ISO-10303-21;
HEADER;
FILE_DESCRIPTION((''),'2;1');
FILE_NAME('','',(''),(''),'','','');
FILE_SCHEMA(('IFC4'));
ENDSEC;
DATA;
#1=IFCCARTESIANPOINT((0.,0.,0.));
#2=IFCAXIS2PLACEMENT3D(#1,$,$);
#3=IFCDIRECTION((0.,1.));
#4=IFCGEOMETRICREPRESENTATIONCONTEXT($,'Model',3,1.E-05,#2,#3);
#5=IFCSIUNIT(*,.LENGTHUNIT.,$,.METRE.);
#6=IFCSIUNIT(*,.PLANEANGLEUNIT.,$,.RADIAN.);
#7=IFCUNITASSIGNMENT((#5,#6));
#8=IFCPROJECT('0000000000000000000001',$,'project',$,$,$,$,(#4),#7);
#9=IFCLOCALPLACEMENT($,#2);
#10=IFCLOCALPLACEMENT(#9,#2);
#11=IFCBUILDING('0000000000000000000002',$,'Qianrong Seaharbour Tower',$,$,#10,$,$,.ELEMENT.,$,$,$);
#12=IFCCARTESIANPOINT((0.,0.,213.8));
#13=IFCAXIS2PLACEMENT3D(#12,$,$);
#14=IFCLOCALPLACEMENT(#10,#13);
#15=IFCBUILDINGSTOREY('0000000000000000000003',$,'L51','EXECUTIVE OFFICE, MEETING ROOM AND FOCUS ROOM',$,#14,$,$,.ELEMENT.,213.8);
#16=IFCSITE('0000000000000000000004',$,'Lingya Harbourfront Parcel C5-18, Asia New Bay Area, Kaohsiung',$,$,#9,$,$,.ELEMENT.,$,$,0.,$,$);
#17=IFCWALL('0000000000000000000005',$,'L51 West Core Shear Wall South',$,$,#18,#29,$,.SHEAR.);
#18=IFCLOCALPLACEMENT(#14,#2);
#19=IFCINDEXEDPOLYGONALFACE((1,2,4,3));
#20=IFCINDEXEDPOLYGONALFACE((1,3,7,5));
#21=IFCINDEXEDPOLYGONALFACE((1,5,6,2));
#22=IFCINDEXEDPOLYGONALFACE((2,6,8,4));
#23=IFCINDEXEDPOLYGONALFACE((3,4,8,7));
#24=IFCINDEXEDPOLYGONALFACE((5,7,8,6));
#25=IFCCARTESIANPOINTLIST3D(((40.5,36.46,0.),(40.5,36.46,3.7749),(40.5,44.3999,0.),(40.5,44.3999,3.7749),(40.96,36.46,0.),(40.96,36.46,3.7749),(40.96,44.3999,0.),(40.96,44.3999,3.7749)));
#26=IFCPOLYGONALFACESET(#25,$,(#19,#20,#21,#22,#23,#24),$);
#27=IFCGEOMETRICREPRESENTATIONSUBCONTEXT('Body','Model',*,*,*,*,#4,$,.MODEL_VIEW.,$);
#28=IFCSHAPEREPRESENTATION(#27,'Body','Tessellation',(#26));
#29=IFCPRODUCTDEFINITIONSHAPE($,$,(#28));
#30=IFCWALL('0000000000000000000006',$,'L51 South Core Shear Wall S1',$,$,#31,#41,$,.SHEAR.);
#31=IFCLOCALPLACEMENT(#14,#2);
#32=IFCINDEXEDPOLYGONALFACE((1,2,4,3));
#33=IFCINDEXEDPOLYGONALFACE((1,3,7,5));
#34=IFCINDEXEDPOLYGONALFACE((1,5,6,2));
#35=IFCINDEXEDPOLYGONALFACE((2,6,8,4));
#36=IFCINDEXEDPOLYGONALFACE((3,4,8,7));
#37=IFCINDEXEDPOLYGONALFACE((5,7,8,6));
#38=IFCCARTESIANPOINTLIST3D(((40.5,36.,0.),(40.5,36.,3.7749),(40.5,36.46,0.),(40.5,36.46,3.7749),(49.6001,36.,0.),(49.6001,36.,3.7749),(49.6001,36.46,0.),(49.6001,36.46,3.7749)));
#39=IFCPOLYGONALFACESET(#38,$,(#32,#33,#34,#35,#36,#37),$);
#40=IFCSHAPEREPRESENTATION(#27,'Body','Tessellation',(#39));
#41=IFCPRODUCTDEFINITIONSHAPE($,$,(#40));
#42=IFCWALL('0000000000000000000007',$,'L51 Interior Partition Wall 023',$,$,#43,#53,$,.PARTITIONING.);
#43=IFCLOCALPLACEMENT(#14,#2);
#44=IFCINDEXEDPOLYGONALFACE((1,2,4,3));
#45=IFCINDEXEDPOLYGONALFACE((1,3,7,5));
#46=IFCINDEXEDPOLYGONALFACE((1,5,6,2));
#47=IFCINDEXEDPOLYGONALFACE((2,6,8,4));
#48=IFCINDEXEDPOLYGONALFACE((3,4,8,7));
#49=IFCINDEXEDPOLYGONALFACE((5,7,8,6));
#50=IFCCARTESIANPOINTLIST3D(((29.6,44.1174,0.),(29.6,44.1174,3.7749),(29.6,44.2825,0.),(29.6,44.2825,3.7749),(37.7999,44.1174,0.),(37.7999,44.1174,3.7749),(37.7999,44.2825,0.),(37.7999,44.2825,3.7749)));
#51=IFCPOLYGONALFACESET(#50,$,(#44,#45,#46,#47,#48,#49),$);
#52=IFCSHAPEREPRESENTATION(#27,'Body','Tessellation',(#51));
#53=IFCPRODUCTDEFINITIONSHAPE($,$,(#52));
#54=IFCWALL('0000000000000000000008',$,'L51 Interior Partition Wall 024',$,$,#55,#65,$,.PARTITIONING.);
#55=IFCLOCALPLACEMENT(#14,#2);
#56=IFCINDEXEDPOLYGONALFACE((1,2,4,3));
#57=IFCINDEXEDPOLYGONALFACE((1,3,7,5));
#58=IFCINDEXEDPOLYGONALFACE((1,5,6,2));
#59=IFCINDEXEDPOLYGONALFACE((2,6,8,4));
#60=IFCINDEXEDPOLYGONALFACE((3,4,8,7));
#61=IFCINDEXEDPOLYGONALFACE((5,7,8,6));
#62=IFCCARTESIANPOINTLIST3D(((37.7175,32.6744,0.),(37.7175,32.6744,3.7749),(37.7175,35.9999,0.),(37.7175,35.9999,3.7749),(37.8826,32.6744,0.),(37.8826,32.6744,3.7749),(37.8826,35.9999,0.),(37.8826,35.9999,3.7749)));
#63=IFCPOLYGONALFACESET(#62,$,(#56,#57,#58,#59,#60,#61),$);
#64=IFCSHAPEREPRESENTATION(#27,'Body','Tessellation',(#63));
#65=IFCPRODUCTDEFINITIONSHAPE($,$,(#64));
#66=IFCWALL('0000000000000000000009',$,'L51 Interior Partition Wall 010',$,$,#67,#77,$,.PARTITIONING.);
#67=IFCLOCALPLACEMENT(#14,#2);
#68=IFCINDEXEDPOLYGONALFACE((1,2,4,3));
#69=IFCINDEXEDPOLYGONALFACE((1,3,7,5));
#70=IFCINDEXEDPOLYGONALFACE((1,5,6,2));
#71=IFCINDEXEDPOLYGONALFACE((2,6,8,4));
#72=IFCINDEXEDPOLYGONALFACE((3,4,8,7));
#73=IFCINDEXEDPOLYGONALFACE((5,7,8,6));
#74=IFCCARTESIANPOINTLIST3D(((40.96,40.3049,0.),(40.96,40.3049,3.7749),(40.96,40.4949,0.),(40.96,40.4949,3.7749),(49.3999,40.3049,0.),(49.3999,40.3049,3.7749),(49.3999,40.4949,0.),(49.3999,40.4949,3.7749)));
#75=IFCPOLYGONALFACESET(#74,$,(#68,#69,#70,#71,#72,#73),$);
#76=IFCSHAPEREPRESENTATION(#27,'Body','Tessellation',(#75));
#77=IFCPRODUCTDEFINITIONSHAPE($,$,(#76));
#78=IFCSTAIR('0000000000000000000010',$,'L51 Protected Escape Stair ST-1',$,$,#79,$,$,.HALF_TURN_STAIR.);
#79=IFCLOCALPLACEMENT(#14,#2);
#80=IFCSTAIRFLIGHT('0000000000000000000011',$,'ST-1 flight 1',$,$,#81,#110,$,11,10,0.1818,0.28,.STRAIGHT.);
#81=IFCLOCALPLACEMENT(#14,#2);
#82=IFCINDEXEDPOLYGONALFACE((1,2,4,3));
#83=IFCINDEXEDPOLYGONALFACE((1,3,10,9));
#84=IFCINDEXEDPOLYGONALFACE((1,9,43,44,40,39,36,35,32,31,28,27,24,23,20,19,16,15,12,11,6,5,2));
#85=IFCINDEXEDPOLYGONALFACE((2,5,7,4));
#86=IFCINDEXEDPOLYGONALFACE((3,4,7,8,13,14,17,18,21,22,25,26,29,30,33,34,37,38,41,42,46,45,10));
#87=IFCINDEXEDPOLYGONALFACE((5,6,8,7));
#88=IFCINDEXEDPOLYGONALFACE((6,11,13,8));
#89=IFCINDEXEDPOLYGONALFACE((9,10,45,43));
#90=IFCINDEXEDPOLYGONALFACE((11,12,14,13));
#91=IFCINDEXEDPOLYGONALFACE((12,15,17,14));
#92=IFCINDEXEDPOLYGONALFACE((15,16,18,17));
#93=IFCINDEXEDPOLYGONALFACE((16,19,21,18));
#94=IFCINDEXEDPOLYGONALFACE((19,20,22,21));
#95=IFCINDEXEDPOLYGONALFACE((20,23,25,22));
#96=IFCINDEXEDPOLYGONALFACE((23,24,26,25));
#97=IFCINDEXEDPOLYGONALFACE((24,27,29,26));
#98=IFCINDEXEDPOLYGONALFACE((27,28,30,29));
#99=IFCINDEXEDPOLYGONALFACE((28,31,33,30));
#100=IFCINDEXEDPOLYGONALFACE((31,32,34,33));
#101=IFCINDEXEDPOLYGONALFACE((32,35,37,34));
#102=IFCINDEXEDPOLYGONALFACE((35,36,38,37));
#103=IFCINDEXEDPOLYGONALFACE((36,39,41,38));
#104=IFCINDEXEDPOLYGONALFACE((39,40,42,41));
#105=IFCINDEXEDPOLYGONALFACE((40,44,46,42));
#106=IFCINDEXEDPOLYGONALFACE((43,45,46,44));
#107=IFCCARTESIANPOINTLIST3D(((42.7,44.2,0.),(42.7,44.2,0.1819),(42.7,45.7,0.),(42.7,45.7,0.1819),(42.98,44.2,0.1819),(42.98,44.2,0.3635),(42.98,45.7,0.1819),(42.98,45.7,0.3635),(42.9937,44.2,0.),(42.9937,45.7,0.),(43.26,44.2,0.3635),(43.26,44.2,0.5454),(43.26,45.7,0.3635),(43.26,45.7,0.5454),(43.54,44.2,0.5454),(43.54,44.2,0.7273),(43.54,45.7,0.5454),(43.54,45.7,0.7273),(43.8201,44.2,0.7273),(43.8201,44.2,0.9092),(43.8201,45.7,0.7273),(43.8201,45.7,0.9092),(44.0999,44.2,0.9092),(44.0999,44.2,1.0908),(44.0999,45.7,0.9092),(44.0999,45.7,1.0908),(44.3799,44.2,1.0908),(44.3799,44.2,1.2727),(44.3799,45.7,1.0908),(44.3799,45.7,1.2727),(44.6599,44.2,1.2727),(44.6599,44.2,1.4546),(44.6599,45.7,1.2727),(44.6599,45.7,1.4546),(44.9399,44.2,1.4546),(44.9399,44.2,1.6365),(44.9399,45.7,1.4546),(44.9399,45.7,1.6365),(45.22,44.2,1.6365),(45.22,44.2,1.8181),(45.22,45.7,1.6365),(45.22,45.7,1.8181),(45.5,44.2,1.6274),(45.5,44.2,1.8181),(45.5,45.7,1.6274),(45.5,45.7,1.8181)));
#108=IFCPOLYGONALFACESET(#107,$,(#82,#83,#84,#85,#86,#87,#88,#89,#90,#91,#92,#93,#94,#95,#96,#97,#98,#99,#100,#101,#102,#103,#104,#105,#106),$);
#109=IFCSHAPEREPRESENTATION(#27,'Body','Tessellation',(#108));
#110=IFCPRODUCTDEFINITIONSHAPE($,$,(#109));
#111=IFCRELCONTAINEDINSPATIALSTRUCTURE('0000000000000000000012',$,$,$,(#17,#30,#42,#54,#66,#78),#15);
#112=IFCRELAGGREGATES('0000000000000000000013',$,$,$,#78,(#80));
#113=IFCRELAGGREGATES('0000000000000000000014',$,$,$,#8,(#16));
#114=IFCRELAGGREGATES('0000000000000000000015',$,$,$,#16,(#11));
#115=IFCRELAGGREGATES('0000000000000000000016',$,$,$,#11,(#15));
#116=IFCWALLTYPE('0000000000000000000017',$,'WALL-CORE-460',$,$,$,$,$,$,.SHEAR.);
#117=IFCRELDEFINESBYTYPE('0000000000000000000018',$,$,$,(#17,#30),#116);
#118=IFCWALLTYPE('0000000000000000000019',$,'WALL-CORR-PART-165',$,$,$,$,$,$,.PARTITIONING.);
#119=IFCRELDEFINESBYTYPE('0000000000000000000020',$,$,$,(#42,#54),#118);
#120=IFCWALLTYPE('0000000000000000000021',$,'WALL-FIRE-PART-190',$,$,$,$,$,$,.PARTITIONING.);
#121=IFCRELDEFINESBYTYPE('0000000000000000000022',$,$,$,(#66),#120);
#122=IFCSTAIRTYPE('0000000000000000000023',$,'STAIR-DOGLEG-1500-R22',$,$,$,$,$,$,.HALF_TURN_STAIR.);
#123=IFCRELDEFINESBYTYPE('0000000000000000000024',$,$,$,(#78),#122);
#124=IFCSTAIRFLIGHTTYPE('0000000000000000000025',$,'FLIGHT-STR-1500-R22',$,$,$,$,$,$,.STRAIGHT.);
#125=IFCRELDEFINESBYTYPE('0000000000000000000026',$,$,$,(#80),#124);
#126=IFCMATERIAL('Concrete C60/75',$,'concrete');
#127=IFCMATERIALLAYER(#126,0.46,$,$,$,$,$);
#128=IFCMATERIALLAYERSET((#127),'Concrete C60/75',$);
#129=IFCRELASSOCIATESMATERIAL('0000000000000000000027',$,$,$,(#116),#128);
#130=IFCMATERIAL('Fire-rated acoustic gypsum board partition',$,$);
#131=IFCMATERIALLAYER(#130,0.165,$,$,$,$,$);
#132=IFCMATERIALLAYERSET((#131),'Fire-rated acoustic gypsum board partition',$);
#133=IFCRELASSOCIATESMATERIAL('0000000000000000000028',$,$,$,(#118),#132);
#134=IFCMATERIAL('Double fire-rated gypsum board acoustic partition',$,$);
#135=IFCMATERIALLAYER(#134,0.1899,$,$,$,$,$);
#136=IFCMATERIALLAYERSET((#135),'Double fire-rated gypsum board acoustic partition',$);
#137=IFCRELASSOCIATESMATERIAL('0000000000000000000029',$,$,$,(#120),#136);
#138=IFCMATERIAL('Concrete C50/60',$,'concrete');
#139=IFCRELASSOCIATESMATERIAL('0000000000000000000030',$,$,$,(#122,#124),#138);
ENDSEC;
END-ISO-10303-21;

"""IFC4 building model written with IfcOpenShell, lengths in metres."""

from ifc_helpers import new_model, si_unit, direction, frame, frame_2d, origin, place, context, subcontext, project, spatial, polyline, rectangle, outline, extrude, material, layer, layer_set, type_object, element, aggregate, save


model = new_model("IFC4")

# Units and contexts
model_context = context("Model", 3, precision=1e-05, world=origin(), true_north=direction((0.0, 1.0)))
body_context = subcontext(model_context, "Body", "Model", "MODEL_VIEW")
ifc_project = project(units=[si_unit("LENGTHUNIT", "METRE"), si_unit("PLANEANGLEUNIT", "RADIAN")], contexts=[model_context])

# Site, building, storey
site_placement = place(None, origin())
site = spatial("IfcSite", under=ifc_project, at=site_placement, Name="Lingya Harbourfront Parcel C5-18, Asia New Bay Area, Kaohsiung", CompositionType="ELEMENT", RefElevation=0.0)
building_placement = place(site_placement, origin())
building = spatial("IfcBuilding", under=site, at=building_placement, Name="Qianrong Seaharbour Tower", CompositionType="ELEMENT")
storey_placement = place(building_placement, frame((0.0, 0.0, 213.8)))
storey = spatial("IfcBuildingStorey", under=building, at=storey_placement, Name="L51", Description="EXECUTIVE OFFICE, MEETING ROOM AND FOCUS ROOM", CompositionType="ELEMENT", Elevation=213.8)

# Shared definitions
ifc_material_1 = material(Name="Concrete C60/75", Category="concrete")

# Walls
ifc_layer_1 = layer(ifc_material_1, 0.46)
ifc_layer_set_1 = layer_set([ifc_layer_1], Name="Concrete C60/75")
wall_type_1 = type_object("IfcWallType", Name="WALL-CORE-460", PredefinedType="SHEAR", material=ifc_layer_set_1)
wall_1_placement = place(storey_placement, frame((40.73, 36.46, 0.0), z_axis=(0.0, 0.0, 1.0), x_axis=(0.0, 1.0, 0.0)))
element("IfcWall", 1, at=wall_1_placement, inside=storey, type_object=wall_type_1, Name="L51 West Core Shear Wall South", PredefinedType="SHEAR", context=body_context, shape_type="SweptSolid", body=[
    extrude(rectangle(XDim=7.9399, YDim=0.46, at=frame_2d((3.97, 0.0))), origin(), (0.0, 0.0, 1.0), 3.7749),
])
wall_2_placement = place(storey_placement, frame((40.5, 36.23, 0.0), z_axis=(0.0, 0.0, 1.0), x_axis=(1.0, 0.0, 0.0)))
element("IfcWall", 2, at=wall_2_placement, inside=storey, type_object=wall_type_1, Name="L51 South Core Shear Wall S1", PredefinedType="SHEAR", context=body_context, shape_type="SweptSolid", body=[
    extrude(rectangle(XDim=9.1001, YDim=0.46, at=frame_2d((4.55, 0.0))), origin(), (0.0, 0.0, 1.0), 3.7749),
])

# Shared definitions
ifc_material_2 = material(Name="Fire-rated acoustic gypsum board partition")
ifc_layer_2 = layer(ifc_material_2, 0.165)
ifc_layer_set_2 = layer_set([ifc_layer_2], Name="Fire-rated acoustic gypsum board partition")
wall_type_2 = type_object("IfcWallType", Name="WALL-CORR-PART-165", PredefinedType="PARTITIONING", material=ifc_layer_set_2)

# Walls
wall_3_placement = place(storey_placement, frame((37.8, 44.2, 0.0), z_axis=(0.0, 0.0, 1.0), x_axis=(-1.0, 0.0, 0.0)))
element("IfcWall", 3, at=wall_3_placement, inside=storey, type_object=wall_type_2, Name="L51 Interior Partition Wall 023", PredefinedType="PARTITIONING", context=body_context, shape_type="SweptSolid", body=[
    extrude(rectangle(XDim=8.2, YDim=0.165, at=frame_2d((4.1001, 0.0))), origin(), (0.0, 0.0, 1.0), 3.7749),
])
wall_4_placement = place(storey_placement, frame((37.8, 32.6746, 0.0), z_axis=(0.0, 0.0, 1.0), x_axis=(0.0, 1.0, 0.0)))
element("IfcWall", 4, at=wall_4_placement, inside=storey, type_object=wall_type_2, Name="L51 Interior Partition Wall 024", PredefinedType="PARTITIONING", context=body_context, shape_type="SweptSolid", body=[
    extrude(rectangle(XDim=3.3254, YDim=0.165, at=frame_2d((1.6626, 0.0))), origin(), (0.0, 0.0, 1.0), 3.7749),
])
ifc_material_3 = material(Name="Double fire-rated gypsum board acoustic partition")
ifc_layer_3 = layer(ifc_material_3, 0.1899)
ifc_layer_set_3 = layer_set([ifc_layer_3], Name="Double fire-rated gypsum board acoustic partition")
wall_type_3 = type_object("IfcWallType", Name="WALL-FIRE-PART-190", PredefinedType="PARTITIONING", material=ifc_layer_set_3)
wall_5_placement = place(storey_placement, frame((40.96, 40.3999, 0.0), z_axis=(0.0, 0.0, 1.0), x_axis=(1.0, 0.0, 0.0)))
element("IfcWall", 5, at=wall_5_placement, inside=storey, type_object=wall_type_3, Name="L51 Interior Partition Wall 010", PredefinedType="PARTITIONING", context=body_context, shape_type="SweptSolid", body=[
    extrude(rectangle(XDim=8.4399, YDim=0.1899, at=frame_2d((4.22, 0.0))), origin(), (0.0, 0.0, 1.0), 3.7749),
])

# Stair, stair flight
ifc_material_4 = material(Name="Concrete C50/60", Category="concrete")
stair_type = type_object("IfcStairType", Name="STAIR-DOGLEG-1500-R22", PredefinedType="HALF_TURN_STAIR", material=ifc_material_4)
stair_placement = place(storey_placement, origin())
stair = element("IfcStair", 6, at=stair_placement, inside=storey, type_object=stair_type, Name="L51 Protected Escape Stair ST-1", PredefinedType="HALF_TURN_STAIR")
stair_flight_type = type_object("IfcStairFlightType", Name="FLIGHT-STR-1500-R22", PredefinedType="STRAIGHT", material=ifc_material_4)
stair_flight_placement = place(storey_placement, frame((42.7, 44.95, 0.0), z_axis=(0.0, 0.0, 1.0), x_axis=(1.0, 0.0, 0.0)))
stair_flight = element("IfcStairFlight", 7, at=stair_flight_placement, type_object=stair_flight_type, Name="ST-1 flight 1", NumberOfRisers=11, NumberOfTreads=10, PredefinedType="STRAIGHT", RiserHeight=0.1818, TreadLength=0.28, context=body_context, shape_type="SweptSolid", body=[
    extrude(outline(polyline([(0.0, 0.0), (0.0, 0.1819), (0.28, 0.1819), (0.28, 0.3635), (0.5601, 0.3635), (0.5601, 0.5454), (0.8401, 0.5454), (0.8401, 0.7273), (1.1201, 0.7273), (1.1201, 0.9092), (1.3999, 0.9092), (1.3999, 1.0908), (1.6799, 1.0908), (1.6799, 1.2727), (1.96, 1.2727), (1.96, 1.4546), (2.24, 1.4546), (2.24, 1.6365), (2.52, 1.6365), (2.52, 1.8181), (2.8, 1.8181), (2.8, 2.0), (2.8, 1.6274), (0.2937, 0.0), (0.0, 0.0)])), frame((0.0, 0.75, 0.0), z_axis=(0.0, -1.0, 0.0), x_axis=(1.0, 0.0, 0.0)), (0.0, 0.0, 1.0), 1.5),
])
aggregate(stair, [stair_flight])

save(model, "model.ifc")
